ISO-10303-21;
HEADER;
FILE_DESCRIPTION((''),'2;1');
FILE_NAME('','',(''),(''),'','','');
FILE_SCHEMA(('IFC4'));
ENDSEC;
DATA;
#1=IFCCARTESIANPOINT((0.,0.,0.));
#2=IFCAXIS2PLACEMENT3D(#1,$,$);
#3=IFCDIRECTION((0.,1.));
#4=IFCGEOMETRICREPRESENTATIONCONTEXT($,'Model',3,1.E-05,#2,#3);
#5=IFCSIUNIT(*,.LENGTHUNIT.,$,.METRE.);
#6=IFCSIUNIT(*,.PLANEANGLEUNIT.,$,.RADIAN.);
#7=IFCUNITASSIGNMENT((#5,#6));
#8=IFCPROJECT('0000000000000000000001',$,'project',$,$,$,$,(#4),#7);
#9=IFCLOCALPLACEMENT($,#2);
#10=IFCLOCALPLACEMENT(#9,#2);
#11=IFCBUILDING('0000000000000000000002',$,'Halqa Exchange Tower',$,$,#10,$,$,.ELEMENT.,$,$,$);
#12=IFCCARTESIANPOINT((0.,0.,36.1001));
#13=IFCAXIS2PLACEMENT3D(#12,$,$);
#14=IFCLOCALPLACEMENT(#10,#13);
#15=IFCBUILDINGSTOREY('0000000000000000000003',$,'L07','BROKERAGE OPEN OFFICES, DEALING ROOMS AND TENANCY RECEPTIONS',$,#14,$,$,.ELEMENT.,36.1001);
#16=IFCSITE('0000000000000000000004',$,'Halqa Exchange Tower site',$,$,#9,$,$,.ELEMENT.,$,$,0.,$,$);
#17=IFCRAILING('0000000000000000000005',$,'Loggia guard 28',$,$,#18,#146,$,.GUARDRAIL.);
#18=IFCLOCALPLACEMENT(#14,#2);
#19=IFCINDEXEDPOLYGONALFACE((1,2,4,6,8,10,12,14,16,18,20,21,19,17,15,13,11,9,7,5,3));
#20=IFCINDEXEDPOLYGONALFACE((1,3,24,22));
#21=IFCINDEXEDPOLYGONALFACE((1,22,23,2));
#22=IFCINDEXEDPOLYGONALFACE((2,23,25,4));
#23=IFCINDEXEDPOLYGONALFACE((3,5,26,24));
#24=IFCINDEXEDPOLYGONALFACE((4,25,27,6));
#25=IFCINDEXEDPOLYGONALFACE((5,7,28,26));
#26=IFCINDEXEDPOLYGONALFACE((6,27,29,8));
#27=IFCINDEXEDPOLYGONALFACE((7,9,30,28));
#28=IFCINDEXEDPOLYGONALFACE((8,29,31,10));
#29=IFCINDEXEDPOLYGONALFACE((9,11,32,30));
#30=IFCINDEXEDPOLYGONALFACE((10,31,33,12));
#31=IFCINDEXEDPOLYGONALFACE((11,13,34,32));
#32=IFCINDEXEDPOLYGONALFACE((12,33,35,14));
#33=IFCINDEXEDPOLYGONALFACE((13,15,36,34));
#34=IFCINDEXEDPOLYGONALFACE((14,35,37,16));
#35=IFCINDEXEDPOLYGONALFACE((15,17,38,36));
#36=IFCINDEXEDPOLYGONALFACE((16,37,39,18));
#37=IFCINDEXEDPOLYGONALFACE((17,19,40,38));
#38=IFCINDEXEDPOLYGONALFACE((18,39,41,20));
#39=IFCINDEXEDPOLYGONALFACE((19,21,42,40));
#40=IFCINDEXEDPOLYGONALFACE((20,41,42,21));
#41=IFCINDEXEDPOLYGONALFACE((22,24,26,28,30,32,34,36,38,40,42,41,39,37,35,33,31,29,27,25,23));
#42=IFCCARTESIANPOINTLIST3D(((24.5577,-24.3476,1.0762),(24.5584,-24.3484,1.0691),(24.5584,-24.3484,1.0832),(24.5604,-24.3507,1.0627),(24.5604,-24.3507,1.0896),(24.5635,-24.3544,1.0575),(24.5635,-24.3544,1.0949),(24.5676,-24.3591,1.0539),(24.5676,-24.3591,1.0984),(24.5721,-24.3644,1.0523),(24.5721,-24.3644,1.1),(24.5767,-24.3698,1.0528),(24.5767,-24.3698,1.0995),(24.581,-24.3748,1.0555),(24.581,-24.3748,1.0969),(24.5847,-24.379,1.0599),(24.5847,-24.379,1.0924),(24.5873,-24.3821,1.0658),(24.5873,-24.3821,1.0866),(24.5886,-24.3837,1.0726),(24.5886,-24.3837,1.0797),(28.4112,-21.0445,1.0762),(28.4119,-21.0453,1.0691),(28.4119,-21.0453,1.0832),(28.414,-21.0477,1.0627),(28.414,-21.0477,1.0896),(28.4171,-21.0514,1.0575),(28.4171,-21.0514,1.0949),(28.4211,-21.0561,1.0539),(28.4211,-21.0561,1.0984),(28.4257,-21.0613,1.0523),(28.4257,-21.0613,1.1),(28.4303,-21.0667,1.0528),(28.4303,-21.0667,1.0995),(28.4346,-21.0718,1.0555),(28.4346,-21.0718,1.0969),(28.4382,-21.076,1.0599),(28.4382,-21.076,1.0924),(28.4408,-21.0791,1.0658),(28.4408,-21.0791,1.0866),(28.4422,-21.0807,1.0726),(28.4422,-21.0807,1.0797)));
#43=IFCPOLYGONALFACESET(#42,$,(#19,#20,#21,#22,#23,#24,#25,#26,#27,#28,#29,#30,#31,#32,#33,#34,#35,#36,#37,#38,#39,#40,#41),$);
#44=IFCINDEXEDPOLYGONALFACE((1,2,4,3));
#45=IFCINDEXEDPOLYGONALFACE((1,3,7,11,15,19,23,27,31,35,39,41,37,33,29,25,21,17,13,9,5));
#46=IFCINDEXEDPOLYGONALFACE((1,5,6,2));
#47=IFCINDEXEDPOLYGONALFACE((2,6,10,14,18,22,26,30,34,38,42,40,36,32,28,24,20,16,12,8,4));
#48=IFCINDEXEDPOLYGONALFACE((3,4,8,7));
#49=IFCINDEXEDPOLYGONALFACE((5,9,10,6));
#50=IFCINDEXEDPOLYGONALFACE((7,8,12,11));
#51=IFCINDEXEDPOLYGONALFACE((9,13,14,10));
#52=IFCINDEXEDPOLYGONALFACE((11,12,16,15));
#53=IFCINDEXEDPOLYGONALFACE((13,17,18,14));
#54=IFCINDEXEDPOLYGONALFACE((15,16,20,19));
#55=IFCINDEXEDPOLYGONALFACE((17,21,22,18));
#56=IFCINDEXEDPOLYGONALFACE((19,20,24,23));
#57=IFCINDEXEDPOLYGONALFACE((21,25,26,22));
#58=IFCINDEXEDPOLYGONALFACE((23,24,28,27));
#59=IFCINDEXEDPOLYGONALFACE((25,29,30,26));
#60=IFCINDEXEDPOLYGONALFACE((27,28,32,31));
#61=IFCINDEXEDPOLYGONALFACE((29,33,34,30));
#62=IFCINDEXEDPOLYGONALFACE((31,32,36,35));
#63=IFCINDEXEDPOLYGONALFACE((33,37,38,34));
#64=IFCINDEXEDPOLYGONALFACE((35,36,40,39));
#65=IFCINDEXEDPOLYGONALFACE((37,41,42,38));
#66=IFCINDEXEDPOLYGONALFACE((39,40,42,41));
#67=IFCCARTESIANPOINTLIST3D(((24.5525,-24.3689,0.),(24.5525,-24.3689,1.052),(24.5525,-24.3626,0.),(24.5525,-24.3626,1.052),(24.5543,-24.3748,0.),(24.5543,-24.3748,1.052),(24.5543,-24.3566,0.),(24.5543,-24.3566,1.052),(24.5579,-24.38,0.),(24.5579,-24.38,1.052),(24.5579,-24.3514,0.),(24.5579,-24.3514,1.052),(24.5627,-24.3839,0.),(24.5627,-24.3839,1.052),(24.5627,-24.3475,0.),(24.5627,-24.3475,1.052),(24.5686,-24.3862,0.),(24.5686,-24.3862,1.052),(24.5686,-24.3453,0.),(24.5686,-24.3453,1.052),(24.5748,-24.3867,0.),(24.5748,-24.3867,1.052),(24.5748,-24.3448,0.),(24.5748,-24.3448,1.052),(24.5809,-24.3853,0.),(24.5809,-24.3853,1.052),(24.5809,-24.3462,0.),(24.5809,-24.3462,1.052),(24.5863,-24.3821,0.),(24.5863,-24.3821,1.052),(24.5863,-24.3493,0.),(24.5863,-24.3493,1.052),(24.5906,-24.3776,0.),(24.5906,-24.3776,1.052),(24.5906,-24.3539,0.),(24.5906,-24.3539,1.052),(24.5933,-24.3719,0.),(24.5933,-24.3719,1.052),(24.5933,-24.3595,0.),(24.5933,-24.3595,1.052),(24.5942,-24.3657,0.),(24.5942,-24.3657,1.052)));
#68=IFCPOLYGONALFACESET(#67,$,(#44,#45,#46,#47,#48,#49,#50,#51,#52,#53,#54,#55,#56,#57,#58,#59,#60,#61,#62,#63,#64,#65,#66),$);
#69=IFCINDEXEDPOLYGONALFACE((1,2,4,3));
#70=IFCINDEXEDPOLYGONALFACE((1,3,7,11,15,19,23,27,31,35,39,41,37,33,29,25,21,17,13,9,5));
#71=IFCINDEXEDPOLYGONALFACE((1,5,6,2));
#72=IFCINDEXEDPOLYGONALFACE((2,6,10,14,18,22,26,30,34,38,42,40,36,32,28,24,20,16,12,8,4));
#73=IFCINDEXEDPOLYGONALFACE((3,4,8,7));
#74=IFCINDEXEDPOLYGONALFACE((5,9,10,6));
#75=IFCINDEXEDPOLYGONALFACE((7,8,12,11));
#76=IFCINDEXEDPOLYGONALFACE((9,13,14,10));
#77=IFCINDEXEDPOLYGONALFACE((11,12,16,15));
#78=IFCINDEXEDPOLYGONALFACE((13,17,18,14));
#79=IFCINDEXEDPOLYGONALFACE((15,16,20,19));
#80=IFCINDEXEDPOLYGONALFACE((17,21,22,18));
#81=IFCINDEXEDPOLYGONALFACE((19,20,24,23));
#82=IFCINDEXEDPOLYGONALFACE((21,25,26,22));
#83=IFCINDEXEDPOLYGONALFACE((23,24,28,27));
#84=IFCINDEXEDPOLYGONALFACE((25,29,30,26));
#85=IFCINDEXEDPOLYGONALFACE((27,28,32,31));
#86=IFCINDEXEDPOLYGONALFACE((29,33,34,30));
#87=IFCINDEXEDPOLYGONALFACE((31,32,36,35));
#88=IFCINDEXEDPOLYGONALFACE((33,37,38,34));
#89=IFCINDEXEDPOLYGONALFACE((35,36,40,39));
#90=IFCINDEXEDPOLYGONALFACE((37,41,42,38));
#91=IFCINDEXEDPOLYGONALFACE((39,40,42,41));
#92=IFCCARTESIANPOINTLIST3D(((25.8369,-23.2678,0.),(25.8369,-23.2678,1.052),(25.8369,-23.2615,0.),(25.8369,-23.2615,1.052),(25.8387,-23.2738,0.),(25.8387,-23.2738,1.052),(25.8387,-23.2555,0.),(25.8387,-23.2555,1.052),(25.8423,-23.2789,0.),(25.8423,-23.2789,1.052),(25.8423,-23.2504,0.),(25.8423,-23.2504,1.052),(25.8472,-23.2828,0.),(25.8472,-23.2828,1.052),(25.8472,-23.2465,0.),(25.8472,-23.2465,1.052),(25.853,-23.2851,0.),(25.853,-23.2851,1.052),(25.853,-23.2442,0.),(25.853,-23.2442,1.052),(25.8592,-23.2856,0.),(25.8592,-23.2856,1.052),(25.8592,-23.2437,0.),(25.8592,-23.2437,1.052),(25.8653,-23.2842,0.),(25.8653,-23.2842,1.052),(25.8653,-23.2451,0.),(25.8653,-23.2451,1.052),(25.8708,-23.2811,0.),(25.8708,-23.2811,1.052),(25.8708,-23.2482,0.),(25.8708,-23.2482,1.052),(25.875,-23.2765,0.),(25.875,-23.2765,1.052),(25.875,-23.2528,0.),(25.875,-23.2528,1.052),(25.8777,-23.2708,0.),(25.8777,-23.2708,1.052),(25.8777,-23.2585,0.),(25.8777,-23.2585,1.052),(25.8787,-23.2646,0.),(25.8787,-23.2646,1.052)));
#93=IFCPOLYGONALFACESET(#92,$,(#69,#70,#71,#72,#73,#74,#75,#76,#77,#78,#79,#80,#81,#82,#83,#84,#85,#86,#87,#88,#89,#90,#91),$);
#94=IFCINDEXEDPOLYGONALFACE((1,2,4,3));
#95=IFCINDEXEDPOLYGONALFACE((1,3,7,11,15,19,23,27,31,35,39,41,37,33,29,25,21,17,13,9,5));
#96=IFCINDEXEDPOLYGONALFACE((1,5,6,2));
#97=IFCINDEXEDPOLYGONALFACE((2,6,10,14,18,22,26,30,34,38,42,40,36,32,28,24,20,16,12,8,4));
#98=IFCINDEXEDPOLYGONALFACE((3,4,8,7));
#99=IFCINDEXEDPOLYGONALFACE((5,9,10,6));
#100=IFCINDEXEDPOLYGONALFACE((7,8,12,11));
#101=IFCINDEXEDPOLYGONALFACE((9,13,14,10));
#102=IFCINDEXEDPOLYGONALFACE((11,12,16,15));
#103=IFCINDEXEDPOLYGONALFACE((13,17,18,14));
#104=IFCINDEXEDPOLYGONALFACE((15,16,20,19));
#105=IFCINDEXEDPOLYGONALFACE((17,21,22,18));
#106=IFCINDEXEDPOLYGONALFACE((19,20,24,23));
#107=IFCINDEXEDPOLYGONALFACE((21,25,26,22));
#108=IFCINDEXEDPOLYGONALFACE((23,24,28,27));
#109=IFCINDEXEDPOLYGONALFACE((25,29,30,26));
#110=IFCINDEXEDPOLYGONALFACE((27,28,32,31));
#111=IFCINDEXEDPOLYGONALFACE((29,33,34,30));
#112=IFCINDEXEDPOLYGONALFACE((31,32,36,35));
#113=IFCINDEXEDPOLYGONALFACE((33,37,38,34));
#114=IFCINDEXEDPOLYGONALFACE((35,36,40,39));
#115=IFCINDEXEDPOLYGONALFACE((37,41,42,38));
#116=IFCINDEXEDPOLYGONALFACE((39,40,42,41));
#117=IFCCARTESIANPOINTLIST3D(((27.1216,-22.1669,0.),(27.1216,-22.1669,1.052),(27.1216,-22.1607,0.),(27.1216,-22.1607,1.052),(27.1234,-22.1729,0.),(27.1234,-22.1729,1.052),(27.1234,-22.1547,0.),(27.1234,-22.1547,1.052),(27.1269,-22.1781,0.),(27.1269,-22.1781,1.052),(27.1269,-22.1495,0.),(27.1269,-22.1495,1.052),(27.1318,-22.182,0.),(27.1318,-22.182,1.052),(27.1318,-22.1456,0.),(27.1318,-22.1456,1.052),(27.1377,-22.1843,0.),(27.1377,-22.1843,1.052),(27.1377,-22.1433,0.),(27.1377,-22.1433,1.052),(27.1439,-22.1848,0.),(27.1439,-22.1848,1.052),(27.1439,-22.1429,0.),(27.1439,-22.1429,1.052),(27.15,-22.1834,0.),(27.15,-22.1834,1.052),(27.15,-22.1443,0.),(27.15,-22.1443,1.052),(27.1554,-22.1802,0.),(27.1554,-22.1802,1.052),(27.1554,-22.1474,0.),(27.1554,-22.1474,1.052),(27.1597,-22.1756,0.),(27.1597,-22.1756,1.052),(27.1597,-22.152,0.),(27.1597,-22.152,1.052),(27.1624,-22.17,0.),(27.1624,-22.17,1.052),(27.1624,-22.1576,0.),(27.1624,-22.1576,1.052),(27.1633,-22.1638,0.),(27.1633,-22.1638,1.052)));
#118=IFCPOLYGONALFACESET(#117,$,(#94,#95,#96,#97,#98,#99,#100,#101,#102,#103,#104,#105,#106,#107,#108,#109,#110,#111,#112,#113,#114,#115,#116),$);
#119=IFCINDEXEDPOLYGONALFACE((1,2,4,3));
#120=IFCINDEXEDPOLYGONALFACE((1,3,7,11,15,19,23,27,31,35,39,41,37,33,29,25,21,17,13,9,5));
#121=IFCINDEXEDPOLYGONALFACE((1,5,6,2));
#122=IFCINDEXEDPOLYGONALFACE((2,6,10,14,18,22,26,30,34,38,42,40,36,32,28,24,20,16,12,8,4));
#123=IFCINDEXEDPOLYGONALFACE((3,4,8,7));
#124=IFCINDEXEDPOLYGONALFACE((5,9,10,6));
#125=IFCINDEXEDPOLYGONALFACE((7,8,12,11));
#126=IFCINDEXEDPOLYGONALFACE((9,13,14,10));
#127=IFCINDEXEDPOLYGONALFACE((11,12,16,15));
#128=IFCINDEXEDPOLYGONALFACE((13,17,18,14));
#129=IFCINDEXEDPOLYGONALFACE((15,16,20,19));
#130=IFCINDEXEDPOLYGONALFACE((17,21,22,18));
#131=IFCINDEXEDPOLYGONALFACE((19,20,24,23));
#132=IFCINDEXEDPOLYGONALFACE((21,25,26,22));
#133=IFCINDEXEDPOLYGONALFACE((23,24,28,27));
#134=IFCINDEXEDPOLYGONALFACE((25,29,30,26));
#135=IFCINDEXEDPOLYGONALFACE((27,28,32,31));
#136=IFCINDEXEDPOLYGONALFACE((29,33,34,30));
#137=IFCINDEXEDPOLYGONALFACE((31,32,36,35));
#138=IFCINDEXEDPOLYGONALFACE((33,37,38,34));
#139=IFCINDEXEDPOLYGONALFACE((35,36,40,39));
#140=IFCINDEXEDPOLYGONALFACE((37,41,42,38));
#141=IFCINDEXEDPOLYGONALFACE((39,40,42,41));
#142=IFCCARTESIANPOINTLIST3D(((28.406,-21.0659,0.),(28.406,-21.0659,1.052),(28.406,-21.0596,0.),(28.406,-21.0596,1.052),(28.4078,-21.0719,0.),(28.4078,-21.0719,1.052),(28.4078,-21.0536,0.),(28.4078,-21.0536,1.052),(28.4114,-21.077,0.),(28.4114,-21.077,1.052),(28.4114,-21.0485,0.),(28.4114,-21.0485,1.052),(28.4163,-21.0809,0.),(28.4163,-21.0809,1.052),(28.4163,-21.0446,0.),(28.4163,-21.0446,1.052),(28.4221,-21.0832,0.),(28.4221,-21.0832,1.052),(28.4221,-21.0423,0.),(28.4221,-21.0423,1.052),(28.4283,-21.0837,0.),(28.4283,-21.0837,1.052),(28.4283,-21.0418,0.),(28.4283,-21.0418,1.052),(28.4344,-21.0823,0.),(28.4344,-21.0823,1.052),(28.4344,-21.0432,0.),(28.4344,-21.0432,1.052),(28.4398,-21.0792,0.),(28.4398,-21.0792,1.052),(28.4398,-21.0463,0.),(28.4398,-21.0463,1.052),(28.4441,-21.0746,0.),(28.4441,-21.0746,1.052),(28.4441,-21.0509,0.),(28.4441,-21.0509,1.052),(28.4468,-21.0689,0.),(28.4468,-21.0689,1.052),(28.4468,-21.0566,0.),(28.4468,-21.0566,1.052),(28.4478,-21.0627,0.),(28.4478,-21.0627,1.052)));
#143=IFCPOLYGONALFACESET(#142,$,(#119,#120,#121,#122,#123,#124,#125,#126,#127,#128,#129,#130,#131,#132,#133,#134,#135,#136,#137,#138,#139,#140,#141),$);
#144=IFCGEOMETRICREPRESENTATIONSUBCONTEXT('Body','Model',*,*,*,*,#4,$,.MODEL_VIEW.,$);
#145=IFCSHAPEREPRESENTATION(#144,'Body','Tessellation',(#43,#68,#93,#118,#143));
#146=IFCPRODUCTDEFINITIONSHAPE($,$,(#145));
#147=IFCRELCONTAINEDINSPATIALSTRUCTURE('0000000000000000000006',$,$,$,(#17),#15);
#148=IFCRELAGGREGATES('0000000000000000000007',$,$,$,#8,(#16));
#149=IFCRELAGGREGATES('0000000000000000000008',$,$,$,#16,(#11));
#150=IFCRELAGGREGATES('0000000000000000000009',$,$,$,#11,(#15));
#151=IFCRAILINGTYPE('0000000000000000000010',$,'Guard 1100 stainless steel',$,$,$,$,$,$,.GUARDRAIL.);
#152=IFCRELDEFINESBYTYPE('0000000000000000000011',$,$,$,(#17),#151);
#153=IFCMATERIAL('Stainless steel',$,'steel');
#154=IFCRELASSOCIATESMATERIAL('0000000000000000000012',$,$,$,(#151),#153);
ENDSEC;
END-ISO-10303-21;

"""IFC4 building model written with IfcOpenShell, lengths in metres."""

from ifc_helpers import new_model, si_unit, direction, frame, origin, origin_2d, place, context, subcontext, project, spatial, circle, extrude, material, type_object, element, save


model = new_model("IFC4")

# Units and contexts
model_context = context("Model", 3, precision=1e-05, world=origin(), true_north=direction((0.0, 1.0)))
body_context = subcontext(model_context, "Body", "Model", "MODEL_VIEW")
ifc_project = project(units=[si_unit("LENGTHUNIT", "METRE"), si_unit("PLANEANGLEUNIT", "RADIAN")], contexts=[model_context])

# Site, building, storey
site_placement = place(None, origin())
site = spatial("IfcSite", under=ifc_project, at=site_placement, Name="Halqa Exchange Tower site", CompositionType="ELEMENT", RefElevation=0.0)
building_placement = place(site_placement, origin())
building = spatial("IfcBuilding", under=site, at=building_placement, Name="Halqa Exchange Tower", CompositionType="ELEMENT")
storey_placement = place(building_placement, frame((0.0, 0.0, 36.1001)))
storey = spatial("IfcBuildingStorey", under=building, at=storey_placement, Name="L07", Description="BROKERAGE OPEN OFFICES, DEALING ROOMS AND TENANCY RECEPTIONS", CompositionType="ELEMENT", Elevation=36.1001)

# Railing
ifc_material_1 = material(Name="Stainless steel", Category="steel")
railing_type = type_object("IfcRailingType", Name="Guard 1100 stainless steel", PredefinedType="GUARDRAIL", material=ifc_material_1)
railing_1_placement = place(storey_placement, frame((24.5732, -24.3657, 0.0)))
element("IfcRailing", 1, at=railing_1_placement, inside=storey, type_object=railing_type, Name="Loggia guard 28", PredefinedType="GUARDRAIL", context=body_context, shape_type="SweptSolid", body=[
    extrude(circle(Radius=0.0239, at=origin_2d()), frame((0.0, 0.0, 1.0762), z_axis=(0.75926, 0.650787, 0.0), x_axis=(-0.650787, 0.75926, 0.0)), (0.0, 0.0, 1.0), 5.0754),
    extrude(circle(Radius=0.021, at=origin_2d()), origin(), (0.0, 0.0, 1.0), 1.052),
    extrude(circle(Radius=0.021, at=origin_2d()), frame((1.2844, 1.1011, 0.0)), (0.0, 0.0, 1.0), 1.052),
    extrude(circle(Radius=0.021, at=origin_2d()), frame((2.5691, 2.2019, 0.0)), (0.0, 0.0, 1.0), 1.052),
    extrude(circle(Radius=0.021, at=origin_2d()), frame((3.8535, 3.303, 0.0)), (0.0, 0.0, 1.0), 1.052),
])

save(model, "model.ifc")
